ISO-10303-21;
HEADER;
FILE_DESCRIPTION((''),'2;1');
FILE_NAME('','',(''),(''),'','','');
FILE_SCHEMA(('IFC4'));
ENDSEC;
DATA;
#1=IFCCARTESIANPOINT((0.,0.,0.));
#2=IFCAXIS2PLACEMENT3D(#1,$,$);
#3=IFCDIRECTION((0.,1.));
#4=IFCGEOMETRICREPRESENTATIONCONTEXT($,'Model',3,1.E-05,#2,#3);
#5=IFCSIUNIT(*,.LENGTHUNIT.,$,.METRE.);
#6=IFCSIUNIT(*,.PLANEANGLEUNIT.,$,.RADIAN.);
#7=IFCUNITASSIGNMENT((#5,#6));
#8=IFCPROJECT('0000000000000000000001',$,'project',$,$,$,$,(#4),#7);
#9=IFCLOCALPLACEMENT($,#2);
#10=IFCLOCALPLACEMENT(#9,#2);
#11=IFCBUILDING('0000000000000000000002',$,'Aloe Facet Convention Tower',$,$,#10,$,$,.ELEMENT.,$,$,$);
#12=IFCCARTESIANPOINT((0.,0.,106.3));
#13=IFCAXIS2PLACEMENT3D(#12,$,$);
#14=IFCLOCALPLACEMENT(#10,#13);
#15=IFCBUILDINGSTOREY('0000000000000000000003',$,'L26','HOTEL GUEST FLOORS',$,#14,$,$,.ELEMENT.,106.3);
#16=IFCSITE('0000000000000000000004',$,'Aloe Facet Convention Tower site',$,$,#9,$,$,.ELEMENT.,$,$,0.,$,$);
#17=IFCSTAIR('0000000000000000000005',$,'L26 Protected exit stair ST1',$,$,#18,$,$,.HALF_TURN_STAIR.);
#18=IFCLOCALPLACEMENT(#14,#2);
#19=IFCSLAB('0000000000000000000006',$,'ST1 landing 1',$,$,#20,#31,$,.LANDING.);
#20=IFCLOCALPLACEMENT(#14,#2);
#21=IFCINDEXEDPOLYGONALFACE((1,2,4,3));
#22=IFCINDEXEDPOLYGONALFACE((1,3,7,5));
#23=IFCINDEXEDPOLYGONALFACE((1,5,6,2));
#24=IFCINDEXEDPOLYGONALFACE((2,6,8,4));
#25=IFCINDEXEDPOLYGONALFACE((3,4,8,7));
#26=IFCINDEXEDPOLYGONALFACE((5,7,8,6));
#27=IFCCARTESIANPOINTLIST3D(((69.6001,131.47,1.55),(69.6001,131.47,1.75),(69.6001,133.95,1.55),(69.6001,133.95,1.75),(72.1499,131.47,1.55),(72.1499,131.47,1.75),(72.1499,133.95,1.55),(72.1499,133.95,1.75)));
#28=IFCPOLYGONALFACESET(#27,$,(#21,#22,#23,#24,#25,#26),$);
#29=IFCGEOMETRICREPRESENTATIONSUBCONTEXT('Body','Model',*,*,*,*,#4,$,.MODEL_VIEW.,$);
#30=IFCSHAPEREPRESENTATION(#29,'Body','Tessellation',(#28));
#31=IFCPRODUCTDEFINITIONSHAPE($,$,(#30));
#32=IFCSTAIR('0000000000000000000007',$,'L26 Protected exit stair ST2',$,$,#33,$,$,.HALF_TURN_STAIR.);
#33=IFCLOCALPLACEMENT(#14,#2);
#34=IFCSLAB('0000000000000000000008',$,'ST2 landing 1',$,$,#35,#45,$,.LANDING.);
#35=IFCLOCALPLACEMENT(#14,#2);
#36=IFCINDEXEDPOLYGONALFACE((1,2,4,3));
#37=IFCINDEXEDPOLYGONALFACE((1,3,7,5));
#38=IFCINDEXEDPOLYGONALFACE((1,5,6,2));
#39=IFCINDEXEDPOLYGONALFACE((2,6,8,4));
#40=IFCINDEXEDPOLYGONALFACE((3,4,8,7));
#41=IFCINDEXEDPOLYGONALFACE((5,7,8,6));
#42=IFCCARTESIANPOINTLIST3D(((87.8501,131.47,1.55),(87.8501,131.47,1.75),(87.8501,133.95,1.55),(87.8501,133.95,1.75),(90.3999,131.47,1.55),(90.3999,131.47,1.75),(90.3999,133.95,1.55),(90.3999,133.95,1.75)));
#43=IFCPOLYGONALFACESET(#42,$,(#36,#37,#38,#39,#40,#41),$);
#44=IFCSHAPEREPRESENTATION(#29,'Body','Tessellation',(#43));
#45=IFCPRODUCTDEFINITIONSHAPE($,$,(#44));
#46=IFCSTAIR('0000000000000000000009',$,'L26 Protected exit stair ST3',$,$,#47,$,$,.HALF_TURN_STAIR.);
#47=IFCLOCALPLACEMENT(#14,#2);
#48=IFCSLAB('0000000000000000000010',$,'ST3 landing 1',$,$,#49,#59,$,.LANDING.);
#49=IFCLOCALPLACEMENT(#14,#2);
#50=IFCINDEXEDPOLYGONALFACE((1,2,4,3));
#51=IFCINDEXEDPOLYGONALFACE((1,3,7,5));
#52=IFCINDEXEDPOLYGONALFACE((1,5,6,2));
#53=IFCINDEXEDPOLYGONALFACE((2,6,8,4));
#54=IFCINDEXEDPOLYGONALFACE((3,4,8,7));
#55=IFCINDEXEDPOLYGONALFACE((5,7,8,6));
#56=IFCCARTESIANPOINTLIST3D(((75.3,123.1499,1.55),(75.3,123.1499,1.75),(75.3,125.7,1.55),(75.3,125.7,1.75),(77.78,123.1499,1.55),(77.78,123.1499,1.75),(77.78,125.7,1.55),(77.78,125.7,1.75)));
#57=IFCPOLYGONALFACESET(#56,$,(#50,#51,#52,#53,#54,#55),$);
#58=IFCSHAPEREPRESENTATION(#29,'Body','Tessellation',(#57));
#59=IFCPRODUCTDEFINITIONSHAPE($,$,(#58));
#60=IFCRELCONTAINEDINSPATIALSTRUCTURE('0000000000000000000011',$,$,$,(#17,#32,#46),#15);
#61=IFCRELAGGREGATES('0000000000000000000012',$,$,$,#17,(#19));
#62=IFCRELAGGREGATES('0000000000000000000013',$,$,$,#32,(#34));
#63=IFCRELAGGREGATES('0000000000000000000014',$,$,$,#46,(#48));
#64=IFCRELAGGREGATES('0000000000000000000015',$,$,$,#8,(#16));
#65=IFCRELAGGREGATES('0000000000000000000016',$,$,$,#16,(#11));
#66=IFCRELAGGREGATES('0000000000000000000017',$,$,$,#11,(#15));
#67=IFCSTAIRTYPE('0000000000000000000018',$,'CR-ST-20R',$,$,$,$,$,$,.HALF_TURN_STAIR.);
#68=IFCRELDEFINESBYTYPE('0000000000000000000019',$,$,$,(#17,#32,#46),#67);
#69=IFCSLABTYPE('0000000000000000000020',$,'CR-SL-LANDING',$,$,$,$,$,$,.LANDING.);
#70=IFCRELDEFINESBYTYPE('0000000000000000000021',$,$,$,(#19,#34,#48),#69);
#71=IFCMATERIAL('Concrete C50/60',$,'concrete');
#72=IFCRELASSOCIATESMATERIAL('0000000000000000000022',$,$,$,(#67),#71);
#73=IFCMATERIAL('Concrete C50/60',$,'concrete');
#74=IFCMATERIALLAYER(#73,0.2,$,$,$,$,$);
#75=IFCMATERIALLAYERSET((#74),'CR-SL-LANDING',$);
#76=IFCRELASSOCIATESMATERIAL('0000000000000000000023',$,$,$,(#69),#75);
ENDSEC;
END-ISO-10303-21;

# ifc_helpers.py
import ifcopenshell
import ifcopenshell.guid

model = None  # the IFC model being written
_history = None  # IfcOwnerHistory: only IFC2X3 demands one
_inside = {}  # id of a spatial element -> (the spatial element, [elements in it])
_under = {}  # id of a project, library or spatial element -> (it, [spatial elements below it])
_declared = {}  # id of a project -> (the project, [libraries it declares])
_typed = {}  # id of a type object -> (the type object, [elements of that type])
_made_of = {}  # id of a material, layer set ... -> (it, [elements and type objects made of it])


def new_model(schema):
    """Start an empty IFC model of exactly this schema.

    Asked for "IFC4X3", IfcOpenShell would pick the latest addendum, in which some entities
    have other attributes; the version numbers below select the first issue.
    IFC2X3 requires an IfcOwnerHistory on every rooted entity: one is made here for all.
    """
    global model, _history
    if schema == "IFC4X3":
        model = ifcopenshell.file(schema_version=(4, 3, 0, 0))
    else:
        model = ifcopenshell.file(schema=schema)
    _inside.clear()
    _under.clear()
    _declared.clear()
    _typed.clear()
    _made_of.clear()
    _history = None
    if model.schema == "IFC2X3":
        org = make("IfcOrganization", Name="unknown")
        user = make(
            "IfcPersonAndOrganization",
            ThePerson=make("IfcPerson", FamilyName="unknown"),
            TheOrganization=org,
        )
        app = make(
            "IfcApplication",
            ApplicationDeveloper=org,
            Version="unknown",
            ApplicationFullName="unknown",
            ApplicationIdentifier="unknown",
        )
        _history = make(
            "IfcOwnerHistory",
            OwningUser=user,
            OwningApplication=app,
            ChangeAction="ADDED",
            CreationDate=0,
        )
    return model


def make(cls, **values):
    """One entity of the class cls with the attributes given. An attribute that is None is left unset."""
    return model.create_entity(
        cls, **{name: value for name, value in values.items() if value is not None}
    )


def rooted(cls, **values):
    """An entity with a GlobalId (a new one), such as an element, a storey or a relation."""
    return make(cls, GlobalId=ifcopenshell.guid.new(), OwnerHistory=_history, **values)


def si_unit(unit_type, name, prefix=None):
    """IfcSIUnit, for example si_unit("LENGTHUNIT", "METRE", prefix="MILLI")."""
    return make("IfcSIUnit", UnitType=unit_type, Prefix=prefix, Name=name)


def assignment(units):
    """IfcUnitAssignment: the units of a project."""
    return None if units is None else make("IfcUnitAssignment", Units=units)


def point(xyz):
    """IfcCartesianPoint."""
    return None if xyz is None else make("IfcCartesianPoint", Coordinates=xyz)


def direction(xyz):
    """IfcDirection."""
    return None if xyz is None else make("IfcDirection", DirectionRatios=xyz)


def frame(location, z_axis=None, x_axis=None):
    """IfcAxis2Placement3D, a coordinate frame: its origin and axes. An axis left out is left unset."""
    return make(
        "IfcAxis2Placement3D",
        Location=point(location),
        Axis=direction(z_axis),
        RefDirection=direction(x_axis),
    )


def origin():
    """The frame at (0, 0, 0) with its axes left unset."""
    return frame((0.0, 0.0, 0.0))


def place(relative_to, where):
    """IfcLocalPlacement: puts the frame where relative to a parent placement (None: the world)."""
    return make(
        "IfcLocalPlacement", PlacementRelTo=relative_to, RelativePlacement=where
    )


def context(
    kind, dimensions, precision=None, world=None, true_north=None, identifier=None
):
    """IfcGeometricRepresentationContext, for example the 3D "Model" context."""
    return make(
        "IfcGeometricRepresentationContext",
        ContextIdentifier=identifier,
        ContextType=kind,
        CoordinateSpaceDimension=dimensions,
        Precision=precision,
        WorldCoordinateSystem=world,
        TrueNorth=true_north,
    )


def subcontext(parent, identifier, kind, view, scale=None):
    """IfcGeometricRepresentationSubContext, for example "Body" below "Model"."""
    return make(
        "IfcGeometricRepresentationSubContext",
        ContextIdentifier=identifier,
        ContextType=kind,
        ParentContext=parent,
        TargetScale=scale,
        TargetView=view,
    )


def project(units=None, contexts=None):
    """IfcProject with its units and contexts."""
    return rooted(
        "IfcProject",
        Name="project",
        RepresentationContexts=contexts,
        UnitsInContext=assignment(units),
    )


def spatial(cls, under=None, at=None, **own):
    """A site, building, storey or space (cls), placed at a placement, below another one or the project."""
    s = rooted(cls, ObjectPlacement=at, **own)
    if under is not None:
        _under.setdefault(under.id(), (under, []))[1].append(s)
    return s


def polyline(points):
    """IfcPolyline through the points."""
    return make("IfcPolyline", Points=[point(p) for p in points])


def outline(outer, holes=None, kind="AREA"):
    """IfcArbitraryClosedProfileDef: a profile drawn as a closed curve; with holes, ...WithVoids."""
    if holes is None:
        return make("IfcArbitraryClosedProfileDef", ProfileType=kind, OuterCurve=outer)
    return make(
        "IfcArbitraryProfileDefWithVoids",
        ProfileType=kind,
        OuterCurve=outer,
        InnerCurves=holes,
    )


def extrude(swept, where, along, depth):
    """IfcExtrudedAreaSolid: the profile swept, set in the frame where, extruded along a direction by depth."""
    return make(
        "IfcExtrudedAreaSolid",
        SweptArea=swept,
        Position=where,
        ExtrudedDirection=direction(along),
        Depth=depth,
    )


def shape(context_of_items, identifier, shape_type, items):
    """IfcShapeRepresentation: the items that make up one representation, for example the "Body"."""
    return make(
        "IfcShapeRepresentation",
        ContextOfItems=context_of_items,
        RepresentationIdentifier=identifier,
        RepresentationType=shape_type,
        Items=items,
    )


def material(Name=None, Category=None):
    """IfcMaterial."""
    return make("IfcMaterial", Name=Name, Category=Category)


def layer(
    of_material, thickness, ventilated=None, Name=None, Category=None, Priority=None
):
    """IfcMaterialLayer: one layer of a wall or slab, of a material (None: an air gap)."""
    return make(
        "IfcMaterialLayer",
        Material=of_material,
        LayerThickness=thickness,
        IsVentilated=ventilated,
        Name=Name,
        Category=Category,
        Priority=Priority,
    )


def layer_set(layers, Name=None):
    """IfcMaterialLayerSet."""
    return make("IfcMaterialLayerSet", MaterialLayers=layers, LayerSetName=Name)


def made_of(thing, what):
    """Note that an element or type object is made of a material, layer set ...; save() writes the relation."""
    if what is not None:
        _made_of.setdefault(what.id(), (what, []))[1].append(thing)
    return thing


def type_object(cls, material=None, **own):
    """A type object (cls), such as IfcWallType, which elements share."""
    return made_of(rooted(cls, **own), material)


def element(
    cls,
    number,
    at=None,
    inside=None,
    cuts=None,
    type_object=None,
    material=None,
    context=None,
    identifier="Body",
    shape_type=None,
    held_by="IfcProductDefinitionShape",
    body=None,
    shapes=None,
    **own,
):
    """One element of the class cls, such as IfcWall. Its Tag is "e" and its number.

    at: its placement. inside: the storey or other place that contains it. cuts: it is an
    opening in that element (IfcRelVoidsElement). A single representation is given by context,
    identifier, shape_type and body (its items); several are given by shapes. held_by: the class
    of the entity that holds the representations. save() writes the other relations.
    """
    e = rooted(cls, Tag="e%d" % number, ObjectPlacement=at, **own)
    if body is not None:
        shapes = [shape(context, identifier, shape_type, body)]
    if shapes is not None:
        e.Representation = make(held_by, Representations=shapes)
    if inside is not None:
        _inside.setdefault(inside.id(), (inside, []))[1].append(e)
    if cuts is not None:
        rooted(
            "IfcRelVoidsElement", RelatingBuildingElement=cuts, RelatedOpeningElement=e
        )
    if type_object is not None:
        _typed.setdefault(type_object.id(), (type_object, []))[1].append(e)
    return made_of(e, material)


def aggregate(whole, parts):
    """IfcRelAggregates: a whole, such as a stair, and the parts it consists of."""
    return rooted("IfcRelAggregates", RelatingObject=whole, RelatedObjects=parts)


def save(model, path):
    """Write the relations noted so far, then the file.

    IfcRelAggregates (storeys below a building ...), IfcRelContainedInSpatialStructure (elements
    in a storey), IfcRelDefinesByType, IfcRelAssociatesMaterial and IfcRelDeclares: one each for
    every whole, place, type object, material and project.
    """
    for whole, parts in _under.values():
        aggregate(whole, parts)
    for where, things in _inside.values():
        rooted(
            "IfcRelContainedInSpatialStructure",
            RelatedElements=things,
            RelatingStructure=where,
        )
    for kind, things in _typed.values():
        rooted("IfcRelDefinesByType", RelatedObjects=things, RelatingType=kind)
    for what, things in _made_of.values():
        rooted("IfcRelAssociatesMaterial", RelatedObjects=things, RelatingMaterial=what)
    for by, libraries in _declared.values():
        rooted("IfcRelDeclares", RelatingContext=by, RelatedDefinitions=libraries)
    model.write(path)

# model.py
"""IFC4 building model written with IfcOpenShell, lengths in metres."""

from ifc_helpers import new_model, si_unit, direction, frame, origin, place, context, subcontext, project, spatial, polyline, outline, extrude, material, layer, layer_set, type_object, element, aggregate, save


model = new_model("IFC4")

# Units and contexts
model_context = context("Model", 3, precision=1e-05, world=origin(), true_north=direction((0.0, 1.0)))
body_context = subcontext(model_context, "Body", "Model", "MODEL_VIEW")
ifc_project = project(units=[si_unit("LENGTHUNIT", "METRE"), si_unit("PLANEANGLEUNIT", "RADIAN")], contexts=[model_context])

# Site, building, storey
site_placement = place(None, origin())
site = spatial("IfcSite", under=ifc_project, at=site_placement, Name="Aloe Facet Convention Tower site", CompositionType="ELEMENT", RefElevation=0.0)
building_placement = place(site_placement, origin())
building = spatial("IfcBuilding", under=site, at=building_placement, Name="Aloe Facet Convention Tower", CompositionType="ELEMENT")
storey_placement = place(building_placement, frame((0.0, 0.0, 106.3)))
storey = spatial("IfcBuildingStorey", under=building, at=storey_placement, Name="L26", Description="HOTEL GUEST FLOORS", CompositionType="ELEMENT", Elevation=106.3)

# Stairs, slabs
ifc_material_1 = material(Name="Concrete C50/60", Category="concrete")
stair_type = type_object("IfcStairType", Name="CR-ST-20R", PredefinedType="HALF_TURN_STAIR", material=ifc_material_1)
stair_1_placement = place(storey_placement, origin())
stair_1 = element("IfcStair", 1, at=stair_1_placement, inside=storey, type_object=stair_type, Name="L26 Protected exit stair ST1", PredefinedType="HALF_TURN_STAIR")
ifc_material_2 = material(Name="Concrete C50/60", Category="concrete")
ifc_layer_1 = layer(ifc_material_2, 0.2)
ifc_layer_set_1 = layer_set([ifc_layer_1], Name="CR-SL-LANDING")
slab_type_1 = type_object("IfcSlabType", Name="CR-SL-LANDING", PredefinedType="LANDING", material=ifc_layer_set_1)
slab_1_placement = place(storey_placement, frame((0.0, 0.0, 1.55)))
slab_1 = element("IfcSlab", 2, at=slab_1_placement, type_object=slab_type_1, Name="ST1 landing 1", PredefinedType="LANDING", context=body_context, shape_type="SweptSolid", body=[
    extrude(outline(polyline([(72.1499, 131.47), (72.1499, 133.95), (69.6001, 133.95), (69.6001, 131.47), (72.1499, 131.47)])), origin(), (0.0, 0.0, 1.0), 0.2),
])
aggregate(stair_1, [slab_1])
stair_2_placement = place(storey_placement, origin())
stair_2 = element("IfcStair", 3, at=stair_2_placement, inside=storey, type_object=stair_type, Name="L26 Protected exit stair ST2", PredefinedType="HALF_TURN_STAIR")
slab_2_placement = place(storey_placement, frame((0.0, 0.0, 1.55)))
slab_2 = element("IfcSlab", 4, at=slab_2_placement, type_object=slab_type_1, Name="ST2 landing 1", PredefinedType="LANDING", context=body_context, shape_type="SweptSolid", body=[
    extrude(outline(polyline([(90.3999, 131.47), (90.3999, 133.95), (87.8501, 133.95), (87.8501, 131.47), (90.3999, 131.47)])), origin(), (0.0, 0.0, 1.0), 0.2),
])
aggregate(stair_2, [slab_2])
stair_3_placement = place(storey_placement, origin())
stair_3 = element("IfcStair", 5, at=stair_3_placement, inside=storey, type_object=stair_type, Name="L26 Protected exit stair ST3", PredefinedType="HALF_TURN_STAIR")
slab_3_placement = place(storey_placement, frame((0.0, 0.0, 1.55)))
slab_3 = element("IfcSlab", 6, at=slab_3_placement, type_object=slab_type_1, Name="ST3 landing 1", PredefinedType="LANDING", context=body_context, shape_type="SweptSolid", body=[
    extrude(outline(polyline([(77.78, 125.7), (75.3, 125.7), (75.3, 123.1499), (77.78, 123.1499), (77.78, 125.7)])), origin(), (0.0, 0.0, 1.0), 0.2),
])
aggregate(stair_3, [slab_3])

save(model, "model.ifc")
